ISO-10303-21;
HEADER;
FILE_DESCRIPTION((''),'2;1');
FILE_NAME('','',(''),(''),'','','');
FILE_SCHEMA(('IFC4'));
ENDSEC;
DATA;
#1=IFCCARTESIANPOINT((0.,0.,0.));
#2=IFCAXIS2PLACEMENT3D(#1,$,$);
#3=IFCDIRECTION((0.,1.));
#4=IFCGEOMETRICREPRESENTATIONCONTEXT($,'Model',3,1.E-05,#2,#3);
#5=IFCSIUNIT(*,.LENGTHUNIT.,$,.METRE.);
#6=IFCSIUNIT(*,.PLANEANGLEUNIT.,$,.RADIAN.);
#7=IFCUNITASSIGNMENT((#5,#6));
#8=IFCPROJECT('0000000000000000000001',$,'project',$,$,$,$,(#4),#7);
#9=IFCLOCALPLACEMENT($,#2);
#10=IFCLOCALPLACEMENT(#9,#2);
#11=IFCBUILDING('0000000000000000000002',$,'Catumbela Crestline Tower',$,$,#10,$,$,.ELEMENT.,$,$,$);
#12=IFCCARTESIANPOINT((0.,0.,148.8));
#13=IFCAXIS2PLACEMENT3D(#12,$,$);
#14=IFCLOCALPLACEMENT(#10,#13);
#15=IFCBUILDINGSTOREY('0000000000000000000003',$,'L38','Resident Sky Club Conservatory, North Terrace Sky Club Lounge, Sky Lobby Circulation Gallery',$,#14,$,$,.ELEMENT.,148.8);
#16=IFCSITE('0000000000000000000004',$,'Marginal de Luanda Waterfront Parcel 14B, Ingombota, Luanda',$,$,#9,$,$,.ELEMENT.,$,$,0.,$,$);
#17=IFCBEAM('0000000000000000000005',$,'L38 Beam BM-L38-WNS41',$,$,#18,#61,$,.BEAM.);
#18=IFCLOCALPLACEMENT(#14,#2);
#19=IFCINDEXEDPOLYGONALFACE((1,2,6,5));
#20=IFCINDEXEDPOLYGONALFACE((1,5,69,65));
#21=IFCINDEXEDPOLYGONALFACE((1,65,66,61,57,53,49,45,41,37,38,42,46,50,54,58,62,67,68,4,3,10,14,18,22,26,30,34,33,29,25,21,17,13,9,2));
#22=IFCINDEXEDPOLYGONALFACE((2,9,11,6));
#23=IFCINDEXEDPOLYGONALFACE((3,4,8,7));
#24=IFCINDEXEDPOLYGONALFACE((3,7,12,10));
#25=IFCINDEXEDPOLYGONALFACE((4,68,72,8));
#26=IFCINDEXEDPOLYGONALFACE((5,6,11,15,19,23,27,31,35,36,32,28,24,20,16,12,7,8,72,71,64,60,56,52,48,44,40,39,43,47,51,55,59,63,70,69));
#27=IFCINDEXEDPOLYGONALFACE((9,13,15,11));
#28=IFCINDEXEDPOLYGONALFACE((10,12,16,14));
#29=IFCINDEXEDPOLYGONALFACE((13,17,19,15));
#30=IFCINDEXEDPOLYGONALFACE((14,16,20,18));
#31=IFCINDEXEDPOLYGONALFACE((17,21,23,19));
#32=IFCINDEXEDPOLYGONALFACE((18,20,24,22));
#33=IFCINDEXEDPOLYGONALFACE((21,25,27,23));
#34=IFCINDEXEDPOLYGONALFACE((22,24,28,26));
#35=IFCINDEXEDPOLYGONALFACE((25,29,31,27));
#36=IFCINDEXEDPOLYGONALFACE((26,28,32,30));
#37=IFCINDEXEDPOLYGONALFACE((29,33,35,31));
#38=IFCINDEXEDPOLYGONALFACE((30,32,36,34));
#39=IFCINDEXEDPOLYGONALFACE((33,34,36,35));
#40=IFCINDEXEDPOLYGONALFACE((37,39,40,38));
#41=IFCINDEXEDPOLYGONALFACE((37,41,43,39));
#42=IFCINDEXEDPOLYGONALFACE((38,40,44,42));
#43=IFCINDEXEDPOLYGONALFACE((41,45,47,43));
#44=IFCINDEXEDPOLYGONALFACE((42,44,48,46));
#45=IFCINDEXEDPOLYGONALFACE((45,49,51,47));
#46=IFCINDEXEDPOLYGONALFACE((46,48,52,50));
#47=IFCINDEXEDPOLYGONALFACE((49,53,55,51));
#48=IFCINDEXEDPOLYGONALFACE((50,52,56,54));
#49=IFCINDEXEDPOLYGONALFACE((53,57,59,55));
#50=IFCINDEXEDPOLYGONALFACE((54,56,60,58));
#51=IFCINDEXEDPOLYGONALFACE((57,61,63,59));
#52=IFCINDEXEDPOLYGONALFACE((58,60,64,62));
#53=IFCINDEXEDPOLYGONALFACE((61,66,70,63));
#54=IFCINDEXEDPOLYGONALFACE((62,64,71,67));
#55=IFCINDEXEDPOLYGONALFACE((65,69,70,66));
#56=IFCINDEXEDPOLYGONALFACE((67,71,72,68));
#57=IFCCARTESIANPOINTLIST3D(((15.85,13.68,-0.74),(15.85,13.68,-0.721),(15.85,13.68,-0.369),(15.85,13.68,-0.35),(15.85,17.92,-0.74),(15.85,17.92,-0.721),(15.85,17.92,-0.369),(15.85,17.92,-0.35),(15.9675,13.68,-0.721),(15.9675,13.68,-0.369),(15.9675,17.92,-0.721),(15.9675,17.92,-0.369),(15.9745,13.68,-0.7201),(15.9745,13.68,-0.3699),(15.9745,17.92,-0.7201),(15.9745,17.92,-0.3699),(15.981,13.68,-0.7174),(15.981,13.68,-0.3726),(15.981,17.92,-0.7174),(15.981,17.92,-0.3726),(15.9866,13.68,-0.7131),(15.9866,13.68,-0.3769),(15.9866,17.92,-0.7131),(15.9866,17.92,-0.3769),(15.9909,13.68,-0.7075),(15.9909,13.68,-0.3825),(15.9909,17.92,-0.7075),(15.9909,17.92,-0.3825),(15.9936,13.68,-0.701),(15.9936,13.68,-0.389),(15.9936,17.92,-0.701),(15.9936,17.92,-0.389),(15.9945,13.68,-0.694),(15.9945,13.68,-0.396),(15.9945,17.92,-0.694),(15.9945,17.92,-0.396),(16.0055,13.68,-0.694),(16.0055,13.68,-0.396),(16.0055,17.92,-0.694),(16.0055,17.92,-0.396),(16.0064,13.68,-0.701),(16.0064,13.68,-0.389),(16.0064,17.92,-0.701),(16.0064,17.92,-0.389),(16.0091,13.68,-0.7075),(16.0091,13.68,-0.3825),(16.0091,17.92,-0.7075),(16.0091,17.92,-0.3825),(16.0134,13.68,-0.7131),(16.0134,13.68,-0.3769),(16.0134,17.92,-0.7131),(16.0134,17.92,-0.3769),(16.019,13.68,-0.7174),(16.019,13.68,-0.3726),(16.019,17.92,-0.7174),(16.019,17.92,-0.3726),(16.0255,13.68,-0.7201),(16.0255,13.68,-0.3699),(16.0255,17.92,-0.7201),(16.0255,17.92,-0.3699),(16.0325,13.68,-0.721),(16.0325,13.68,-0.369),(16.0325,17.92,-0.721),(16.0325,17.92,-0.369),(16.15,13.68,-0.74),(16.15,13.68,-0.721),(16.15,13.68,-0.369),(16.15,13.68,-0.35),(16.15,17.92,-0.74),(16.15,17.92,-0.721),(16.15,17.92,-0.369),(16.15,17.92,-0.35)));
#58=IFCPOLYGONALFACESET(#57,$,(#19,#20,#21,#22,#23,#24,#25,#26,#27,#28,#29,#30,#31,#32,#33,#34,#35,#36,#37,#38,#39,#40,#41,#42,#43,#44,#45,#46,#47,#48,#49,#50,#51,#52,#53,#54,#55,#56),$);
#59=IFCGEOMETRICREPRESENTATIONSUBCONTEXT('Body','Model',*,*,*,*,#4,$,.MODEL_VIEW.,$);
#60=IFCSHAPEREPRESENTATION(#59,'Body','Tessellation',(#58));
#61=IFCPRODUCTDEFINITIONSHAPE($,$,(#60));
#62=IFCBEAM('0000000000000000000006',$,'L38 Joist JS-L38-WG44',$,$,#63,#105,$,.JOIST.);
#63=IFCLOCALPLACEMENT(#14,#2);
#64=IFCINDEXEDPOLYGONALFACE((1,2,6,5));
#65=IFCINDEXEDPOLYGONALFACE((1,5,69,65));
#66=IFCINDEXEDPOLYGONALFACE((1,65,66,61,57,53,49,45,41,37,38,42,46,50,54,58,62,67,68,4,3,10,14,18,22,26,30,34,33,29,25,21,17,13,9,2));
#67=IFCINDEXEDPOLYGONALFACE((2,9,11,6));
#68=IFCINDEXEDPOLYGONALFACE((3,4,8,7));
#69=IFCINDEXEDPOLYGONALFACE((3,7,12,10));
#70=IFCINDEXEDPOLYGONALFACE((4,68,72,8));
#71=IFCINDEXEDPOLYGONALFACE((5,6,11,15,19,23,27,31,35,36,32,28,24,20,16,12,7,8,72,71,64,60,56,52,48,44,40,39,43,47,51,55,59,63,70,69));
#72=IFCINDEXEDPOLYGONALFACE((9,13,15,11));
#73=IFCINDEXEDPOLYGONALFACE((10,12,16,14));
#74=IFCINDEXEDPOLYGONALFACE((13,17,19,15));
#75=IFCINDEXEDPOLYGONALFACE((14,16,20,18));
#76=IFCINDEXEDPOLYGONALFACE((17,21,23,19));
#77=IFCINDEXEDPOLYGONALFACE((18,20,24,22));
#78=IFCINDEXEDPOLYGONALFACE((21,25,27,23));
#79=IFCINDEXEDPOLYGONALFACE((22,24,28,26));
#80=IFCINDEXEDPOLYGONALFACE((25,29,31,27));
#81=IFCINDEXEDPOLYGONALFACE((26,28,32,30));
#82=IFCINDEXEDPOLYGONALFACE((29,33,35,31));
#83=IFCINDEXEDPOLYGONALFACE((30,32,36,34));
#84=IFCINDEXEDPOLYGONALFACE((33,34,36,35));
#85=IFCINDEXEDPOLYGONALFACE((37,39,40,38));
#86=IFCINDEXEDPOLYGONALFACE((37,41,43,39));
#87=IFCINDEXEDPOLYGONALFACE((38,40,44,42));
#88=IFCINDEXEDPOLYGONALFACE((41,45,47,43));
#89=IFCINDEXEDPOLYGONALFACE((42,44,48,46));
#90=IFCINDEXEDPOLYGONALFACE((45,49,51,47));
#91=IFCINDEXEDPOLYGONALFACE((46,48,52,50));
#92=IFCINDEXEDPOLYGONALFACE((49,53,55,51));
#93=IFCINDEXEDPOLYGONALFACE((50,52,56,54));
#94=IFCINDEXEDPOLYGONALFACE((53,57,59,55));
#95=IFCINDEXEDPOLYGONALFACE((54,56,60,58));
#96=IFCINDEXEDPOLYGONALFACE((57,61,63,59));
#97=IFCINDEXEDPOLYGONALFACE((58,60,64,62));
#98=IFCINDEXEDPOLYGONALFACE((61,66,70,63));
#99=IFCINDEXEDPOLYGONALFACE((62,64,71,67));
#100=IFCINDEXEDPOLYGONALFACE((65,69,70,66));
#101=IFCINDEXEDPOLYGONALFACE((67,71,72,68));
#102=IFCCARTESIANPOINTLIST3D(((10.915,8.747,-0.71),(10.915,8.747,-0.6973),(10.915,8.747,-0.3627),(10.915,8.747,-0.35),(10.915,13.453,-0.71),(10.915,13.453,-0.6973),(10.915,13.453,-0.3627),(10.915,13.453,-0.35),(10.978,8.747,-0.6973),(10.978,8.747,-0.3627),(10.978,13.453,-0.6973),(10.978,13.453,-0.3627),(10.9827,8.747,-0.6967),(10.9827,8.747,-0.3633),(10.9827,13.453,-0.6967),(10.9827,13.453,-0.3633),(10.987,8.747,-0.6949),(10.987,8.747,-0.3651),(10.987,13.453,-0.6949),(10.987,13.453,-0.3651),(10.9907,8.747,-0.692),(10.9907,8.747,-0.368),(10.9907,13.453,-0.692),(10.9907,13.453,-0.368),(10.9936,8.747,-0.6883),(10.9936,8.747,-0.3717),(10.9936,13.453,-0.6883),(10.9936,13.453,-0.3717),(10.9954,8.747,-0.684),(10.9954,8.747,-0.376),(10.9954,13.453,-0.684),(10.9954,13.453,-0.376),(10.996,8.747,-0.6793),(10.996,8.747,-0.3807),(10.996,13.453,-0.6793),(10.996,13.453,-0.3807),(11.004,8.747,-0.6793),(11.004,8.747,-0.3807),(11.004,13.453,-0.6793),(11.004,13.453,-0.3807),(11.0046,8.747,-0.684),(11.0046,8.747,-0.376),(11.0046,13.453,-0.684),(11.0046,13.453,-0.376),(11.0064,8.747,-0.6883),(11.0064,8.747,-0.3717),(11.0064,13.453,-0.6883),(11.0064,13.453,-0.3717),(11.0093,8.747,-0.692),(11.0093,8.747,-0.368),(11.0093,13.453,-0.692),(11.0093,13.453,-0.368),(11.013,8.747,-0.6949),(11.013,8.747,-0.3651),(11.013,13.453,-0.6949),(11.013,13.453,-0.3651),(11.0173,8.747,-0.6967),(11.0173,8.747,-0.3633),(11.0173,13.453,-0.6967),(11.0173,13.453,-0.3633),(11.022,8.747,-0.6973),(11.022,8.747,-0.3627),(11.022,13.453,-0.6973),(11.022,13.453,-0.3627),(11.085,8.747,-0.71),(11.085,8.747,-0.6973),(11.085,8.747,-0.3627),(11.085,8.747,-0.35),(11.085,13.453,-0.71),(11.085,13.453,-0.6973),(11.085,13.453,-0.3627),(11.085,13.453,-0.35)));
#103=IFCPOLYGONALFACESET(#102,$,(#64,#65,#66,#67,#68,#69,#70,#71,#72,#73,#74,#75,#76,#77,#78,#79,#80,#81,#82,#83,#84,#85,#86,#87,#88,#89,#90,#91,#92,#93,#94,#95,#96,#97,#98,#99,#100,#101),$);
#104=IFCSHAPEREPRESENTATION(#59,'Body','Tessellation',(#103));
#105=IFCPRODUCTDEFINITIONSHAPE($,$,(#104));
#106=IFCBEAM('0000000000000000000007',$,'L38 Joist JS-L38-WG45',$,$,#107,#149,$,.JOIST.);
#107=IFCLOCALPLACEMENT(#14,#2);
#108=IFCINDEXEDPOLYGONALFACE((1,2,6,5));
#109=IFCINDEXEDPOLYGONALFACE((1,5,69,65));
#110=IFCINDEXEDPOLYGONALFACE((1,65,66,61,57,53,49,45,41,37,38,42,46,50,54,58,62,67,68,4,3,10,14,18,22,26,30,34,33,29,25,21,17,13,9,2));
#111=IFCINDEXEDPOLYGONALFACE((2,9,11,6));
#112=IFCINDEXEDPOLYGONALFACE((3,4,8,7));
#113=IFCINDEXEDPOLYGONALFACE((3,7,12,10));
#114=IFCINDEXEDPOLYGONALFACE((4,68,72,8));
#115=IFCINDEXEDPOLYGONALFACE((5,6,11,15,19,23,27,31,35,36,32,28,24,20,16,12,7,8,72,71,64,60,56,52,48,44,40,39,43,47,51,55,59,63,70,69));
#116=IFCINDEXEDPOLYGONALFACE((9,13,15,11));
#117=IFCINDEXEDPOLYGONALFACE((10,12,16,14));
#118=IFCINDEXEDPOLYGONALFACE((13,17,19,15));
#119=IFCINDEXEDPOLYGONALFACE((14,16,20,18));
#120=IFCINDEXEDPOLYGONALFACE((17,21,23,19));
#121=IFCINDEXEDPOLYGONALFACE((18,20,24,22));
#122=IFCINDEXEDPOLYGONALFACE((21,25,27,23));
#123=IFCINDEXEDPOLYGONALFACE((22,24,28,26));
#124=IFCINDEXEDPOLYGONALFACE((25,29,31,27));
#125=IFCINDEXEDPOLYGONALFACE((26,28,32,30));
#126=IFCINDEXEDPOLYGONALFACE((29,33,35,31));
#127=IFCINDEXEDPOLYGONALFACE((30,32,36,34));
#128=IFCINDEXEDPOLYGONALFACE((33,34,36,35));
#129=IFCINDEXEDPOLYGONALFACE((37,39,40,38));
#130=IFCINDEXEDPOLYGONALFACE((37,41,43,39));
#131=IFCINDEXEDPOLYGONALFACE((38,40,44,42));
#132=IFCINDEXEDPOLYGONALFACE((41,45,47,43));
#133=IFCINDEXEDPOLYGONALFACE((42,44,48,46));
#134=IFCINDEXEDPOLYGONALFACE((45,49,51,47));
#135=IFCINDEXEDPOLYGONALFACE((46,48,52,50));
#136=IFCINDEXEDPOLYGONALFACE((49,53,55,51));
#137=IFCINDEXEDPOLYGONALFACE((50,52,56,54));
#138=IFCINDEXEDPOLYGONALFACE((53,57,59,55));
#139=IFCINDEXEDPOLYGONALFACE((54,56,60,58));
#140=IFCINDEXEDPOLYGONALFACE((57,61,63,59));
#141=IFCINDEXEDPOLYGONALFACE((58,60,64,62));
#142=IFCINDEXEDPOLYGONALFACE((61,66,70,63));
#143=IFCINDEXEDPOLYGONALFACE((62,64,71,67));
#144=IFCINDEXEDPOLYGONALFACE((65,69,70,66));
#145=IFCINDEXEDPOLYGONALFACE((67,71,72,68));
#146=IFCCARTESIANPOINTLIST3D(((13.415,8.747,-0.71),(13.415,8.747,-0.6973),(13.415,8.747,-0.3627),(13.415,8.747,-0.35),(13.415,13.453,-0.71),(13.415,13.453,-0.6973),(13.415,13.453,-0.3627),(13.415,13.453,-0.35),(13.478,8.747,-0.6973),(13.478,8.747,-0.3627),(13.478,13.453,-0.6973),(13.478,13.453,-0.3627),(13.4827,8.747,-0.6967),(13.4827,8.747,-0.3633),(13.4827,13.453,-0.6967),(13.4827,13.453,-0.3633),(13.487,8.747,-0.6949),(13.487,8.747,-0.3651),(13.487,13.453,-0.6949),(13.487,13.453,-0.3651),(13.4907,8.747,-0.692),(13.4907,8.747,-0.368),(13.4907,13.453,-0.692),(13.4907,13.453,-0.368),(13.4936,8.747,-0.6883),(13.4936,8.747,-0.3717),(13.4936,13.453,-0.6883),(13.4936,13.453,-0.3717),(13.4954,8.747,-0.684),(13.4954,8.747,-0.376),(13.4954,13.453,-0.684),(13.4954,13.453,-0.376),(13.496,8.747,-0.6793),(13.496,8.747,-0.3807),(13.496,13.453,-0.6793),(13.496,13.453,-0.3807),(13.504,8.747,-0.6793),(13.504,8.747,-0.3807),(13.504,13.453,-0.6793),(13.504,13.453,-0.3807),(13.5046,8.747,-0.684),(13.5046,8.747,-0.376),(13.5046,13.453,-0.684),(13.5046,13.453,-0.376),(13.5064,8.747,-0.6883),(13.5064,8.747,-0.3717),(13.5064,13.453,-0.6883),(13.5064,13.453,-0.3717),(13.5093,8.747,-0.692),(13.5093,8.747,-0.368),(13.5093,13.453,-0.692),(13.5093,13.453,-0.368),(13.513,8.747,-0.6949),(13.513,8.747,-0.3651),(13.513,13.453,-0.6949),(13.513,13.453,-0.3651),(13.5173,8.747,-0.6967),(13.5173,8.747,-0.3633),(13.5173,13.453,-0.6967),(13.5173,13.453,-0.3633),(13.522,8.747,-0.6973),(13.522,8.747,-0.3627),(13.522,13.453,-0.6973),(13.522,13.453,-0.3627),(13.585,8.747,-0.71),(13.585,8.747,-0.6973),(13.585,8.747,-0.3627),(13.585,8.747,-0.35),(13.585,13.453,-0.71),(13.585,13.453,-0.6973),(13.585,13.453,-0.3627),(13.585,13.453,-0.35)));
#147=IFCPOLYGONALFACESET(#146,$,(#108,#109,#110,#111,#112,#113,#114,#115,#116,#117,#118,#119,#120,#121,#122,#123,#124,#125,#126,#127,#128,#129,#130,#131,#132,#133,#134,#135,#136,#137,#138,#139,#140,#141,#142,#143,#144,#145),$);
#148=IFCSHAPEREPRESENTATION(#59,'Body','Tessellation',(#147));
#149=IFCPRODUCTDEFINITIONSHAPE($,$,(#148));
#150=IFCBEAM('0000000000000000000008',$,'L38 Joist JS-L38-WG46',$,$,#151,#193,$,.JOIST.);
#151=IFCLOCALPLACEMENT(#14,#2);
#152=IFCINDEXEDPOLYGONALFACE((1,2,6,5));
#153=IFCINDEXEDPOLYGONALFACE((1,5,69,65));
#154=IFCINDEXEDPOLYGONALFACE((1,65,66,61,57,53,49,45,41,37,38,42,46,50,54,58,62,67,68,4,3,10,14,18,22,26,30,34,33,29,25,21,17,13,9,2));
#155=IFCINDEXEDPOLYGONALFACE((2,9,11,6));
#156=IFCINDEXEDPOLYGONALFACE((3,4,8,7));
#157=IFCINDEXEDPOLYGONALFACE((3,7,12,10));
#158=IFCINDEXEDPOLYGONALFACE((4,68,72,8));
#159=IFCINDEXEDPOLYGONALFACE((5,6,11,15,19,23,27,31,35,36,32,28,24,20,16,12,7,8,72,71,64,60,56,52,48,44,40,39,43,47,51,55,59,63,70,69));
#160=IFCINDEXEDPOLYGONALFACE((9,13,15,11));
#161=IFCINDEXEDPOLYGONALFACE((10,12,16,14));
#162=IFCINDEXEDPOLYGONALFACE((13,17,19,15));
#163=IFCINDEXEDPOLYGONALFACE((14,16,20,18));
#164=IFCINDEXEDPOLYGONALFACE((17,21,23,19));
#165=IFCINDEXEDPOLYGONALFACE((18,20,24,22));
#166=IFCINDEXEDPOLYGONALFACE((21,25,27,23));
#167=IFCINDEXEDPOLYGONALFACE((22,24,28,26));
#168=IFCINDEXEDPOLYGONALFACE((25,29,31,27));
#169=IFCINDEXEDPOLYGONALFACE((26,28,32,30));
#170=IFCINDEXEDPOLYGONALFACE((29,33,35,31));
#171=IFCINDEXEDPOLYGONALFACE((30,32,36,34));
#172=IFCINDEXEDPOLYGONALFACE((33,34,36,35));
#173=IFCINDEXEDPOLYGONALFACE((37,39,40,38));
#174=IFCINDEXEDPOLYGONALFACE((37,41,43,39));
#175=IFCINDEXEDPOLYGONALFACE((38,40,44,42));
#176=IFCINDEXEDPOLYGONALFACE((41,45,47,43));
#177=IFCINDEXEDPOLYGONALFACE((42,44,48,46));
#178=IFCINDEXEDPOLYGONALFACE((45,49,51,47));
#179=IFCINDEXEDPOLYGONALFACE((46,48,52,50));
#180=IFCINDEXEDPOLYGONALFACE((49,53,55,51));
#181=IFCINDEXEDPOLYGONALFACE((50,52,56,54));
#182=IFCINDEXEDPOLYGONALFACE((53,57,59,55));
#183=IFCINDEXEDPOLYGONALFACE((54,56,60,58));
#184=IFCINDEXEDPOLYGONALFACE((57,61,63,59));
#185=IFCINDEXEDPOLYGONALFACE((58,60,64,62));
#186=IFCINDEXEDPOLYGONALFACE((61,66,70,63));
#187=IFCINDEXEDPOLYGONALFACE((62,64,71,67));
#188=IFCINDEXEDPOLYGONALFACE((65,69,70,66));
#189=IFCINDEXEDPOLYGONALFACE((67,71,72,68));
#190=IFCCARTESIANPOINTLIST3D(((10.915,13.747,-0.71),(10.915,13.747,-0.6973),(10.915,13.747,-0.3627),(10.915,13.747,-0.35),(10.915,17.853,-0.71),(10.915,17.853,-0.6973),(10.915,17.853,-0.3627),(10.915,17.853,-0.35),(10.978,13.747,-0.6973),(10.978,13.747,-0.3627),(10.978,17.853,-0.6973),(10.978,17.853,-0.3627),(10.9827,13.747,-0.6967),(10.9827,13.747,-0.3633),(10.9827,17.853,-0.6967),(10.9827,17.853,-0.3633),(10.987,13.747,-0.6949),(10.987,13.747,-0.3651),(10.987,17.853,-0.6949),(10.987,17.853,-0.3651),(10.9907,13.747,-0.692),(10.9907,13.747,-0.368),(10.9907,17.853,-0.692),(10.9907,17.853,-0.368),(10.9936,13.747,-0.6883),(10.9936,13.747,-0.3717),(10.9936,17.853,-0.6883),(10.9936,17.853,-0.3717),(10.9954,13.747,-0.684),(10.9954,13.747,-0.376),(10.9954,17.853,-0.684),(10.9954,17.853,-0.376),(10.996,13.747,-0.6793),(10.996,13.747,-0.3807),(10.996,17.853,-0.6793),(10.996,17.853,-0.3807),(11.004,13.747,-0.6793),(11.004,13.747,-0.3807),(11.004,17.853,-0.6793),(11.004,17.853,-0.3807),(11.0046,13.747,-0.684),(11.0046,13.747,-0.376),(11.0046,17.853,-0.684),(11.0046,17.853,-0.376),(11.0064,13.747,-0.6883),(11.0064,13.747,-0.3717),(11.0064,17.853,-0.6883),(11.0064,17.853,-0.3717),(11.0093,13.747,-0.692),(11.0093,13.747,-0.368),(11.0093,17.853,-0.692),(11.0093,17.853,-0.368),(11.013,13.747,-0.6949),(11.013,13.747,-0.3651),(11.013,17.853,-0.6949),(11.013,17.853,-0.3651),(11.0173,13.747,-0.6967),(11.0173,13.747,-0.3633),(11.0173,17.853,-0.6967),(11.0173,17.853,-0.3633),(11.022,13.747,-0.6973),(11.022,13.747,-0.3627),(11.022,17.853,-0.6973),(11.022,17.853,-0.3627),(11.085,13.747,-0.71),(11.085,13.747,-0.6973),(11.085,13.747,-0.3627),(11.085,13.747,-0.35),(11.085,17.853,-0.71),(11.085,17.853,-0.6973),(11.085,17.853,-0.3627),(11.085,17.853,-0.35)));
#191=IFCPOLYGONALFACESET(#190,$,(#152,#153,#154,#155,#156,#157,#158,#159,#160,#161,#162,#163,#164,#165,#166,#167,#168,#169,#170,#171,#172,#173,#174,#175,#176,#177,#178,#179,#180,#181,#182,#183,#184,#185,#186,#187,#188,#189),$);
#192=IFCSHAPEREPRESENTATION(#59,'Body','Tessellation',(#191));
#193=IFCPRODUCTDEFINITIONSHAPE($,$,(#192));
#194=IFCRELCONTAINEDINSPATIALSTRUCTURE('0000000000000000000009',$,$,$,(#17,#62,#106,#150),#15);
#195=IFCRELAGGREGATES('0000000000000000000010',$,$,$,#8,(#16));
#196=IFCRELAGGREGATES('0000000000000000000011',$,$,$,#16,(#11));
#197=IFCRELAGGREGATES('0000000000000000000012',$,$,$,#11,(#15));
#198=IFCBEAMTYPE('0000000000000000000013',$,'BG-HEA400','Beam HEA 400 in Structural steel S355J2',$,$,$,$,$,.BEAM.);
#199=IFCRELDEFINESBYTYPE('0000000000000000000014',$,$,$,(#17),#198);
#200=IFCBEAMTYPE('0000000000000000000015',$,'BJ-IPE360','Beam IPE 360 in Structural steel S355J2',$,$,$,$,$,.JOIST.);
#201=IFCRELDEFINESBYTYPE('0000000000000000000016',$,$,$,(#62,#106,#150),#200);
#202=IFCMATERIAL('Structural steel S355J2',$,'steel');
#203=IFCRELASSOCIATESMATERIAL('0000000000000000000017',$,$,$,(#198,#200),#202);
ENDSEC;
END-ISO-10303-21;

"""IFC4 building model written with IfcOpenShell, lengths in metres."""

from ifc_helpers import new_model, si_unit, direction, frame, origin, origin_2d, place, context, subcontext, project, spatial, i_section, extrude, material, material_profile, profile_set, type_object, element, save


model = new_model("IFC4")

# Units and contexts
model_context = context("Model", 3, precision=1e-05, world=origin(), true_north=direction((0.0, 1.0)))
body_context = subcontext(model_context, "Body", "Model", "MODEL_VIEW")
ifc_project = project(units=[si_unit("LENGTHUNIT", "METRE"), si_unit("PLANEANGLEUNIT", "RADIAN")], contexts=[model_context])

# Site, building, storey
site_placement = place(None, origin())
site = spatial("IfcSite", under=ifc_project, at=site_placement, Name="Marginal de Luanda Waterfront Parcel 14B, Ingombota, Luanda", CompositionType="ELEMENT", RefElevation=0.0)
building_placement = place(site_placement, origin())
building = spatial("IfcBuilding", under=site, at=building_placement, Name="Catumbela Crestline Tower", CompositionType="ELEMENT")
storey_placement = place(building_placement, frame((0.0, 0.0, 148.8)))
storey = spatial("IfcBuildingStorey", under=building, at=storey_placement, Name="L38", Description="Resident Sky Club Conservatory, North Terrace Sky Club Lounge, Sky Lobby Circulation Gallery", CompositionType="ELEMENT", Elevation=148.8)

# Beams
ifc_material_1 = material(Name="Structural steel S355J2", Category="steel")
ifc_material_profile_1 = material_profile(ifc_material_1, i_section(OverallWidth=0.3, OverallDepth=0.39, WebThickness=0.011, FlangeThickness=0.019, FilletRadius=0.027, at=origin_2d()), Name="HEA 400")
ifc_profile_set_1 = profile_set([ifc_material_profile_1], Name="Structural steel S355J2")
beam_type_1 = type_object("IfcBeamType", Name="BG-HEA400", Description="Beam HEA 400 in Structural steel S355J2", PredefinedType="BEAM", material=ifc_profile_set_1)
beam_1_placement = place(storey_placement, frame((16.0, 13.68, -0.545), z_axis=(0.0, 1.0, 0.0), x_axis=(-1.0, 0.0, 0.0)))
element("IfcBeam", 1, at=beam_1_placement, inside=storey, type_object=beam_type_1, Name="L38 Beam BM-L38-WNS41", PredefinedType="BEAM", context=body_context, shape_type="SweptSolid", body=[
    extrude(i_section(OverallWidth=0.3, OverallDepth=0.39, WebThickness=0.011, FlangeThickness=0.019, FilletRadius=0.027, at=origin_2d()), origin(), (0.0, 0.0, 1.0), 4.24),
])
ifc_material_profile_2 = material_profile(ifc_material_1, i_section(OverallWidth=0.17, OverallDepth=0.36, WebThickness=0.008, FlangeThickness=0.0127, FilletRadius=0.018, at=origin_2d()), Name="IPE 360")
ifc_profile_set_2 = profile_set([ifc_material_profile_2], Name="Structural steel S355J2")
beam_type_2 = type_object("IfcBeamType", Name="BJ-IPE360", Description="Beam IPE 360 in Structural steel S355J2", PredefinedType="JOIST", material=ifc_profile_set_2)
for number, where, z_axis, x_axis, name in (
    (2, (11.0, 8.747, -0.53), (0.0, 1.0, 0.0), (-1.0, 0.0, 0.0), "L38 Joist JS-L38-WG44"),
    (3, (13.5, 8.747, -0.53), (0.0, 1.0, 0.0), (-1.0, 0.0, 0.0), "L38 Joist JS-L38-WG45"),
):
    element("IfcBeam", number, at=place(storey_placement, frame(where, z_axis=z_axis, x_axis=x_axis)), inside=storey, type_object=beam_type_2, Name=name, PredefinedType="JOIST", context=body_context, shape_type="SweptSolid", body=[
        extrude(i_section(OverallWidth=0.17, OverallDepth=0.36, WebThickness=0.008, FlangeThickness=0.0127, FilletRadius=0.018, at=origin_2d()), origin(), (0.0, 0.0, 1.0), 4.706),
    ])
for number, where, z_axis, x_axis, name in (
    (4, (11.0, 13.747, -0.53), (0.0, 1.0, 0.0), (-1.0, 0.0, 0.0), "L38 Joist JS-L38-WG46"),
):
    element("IfcBeam", number, at=place(storey_placement, frame(where, z_axis=z_axis, x_axis=x_axis)), inside=storey, type_object=beam_type_2, Name=name, PredefinedType="JOIST", context=body_context, shape_type="SweptSolid", body=[
        extrude(i_section(OverallWidth=0.17, OverallDepth=0.36, WebThickness=0.008, FlangeThickness=0.0127, FilletRadius=0.018, at=origin_2d()), origin(), (0.0, 0.0, 1.0), 4.106),
    ])

save(model, "model.ifc")
